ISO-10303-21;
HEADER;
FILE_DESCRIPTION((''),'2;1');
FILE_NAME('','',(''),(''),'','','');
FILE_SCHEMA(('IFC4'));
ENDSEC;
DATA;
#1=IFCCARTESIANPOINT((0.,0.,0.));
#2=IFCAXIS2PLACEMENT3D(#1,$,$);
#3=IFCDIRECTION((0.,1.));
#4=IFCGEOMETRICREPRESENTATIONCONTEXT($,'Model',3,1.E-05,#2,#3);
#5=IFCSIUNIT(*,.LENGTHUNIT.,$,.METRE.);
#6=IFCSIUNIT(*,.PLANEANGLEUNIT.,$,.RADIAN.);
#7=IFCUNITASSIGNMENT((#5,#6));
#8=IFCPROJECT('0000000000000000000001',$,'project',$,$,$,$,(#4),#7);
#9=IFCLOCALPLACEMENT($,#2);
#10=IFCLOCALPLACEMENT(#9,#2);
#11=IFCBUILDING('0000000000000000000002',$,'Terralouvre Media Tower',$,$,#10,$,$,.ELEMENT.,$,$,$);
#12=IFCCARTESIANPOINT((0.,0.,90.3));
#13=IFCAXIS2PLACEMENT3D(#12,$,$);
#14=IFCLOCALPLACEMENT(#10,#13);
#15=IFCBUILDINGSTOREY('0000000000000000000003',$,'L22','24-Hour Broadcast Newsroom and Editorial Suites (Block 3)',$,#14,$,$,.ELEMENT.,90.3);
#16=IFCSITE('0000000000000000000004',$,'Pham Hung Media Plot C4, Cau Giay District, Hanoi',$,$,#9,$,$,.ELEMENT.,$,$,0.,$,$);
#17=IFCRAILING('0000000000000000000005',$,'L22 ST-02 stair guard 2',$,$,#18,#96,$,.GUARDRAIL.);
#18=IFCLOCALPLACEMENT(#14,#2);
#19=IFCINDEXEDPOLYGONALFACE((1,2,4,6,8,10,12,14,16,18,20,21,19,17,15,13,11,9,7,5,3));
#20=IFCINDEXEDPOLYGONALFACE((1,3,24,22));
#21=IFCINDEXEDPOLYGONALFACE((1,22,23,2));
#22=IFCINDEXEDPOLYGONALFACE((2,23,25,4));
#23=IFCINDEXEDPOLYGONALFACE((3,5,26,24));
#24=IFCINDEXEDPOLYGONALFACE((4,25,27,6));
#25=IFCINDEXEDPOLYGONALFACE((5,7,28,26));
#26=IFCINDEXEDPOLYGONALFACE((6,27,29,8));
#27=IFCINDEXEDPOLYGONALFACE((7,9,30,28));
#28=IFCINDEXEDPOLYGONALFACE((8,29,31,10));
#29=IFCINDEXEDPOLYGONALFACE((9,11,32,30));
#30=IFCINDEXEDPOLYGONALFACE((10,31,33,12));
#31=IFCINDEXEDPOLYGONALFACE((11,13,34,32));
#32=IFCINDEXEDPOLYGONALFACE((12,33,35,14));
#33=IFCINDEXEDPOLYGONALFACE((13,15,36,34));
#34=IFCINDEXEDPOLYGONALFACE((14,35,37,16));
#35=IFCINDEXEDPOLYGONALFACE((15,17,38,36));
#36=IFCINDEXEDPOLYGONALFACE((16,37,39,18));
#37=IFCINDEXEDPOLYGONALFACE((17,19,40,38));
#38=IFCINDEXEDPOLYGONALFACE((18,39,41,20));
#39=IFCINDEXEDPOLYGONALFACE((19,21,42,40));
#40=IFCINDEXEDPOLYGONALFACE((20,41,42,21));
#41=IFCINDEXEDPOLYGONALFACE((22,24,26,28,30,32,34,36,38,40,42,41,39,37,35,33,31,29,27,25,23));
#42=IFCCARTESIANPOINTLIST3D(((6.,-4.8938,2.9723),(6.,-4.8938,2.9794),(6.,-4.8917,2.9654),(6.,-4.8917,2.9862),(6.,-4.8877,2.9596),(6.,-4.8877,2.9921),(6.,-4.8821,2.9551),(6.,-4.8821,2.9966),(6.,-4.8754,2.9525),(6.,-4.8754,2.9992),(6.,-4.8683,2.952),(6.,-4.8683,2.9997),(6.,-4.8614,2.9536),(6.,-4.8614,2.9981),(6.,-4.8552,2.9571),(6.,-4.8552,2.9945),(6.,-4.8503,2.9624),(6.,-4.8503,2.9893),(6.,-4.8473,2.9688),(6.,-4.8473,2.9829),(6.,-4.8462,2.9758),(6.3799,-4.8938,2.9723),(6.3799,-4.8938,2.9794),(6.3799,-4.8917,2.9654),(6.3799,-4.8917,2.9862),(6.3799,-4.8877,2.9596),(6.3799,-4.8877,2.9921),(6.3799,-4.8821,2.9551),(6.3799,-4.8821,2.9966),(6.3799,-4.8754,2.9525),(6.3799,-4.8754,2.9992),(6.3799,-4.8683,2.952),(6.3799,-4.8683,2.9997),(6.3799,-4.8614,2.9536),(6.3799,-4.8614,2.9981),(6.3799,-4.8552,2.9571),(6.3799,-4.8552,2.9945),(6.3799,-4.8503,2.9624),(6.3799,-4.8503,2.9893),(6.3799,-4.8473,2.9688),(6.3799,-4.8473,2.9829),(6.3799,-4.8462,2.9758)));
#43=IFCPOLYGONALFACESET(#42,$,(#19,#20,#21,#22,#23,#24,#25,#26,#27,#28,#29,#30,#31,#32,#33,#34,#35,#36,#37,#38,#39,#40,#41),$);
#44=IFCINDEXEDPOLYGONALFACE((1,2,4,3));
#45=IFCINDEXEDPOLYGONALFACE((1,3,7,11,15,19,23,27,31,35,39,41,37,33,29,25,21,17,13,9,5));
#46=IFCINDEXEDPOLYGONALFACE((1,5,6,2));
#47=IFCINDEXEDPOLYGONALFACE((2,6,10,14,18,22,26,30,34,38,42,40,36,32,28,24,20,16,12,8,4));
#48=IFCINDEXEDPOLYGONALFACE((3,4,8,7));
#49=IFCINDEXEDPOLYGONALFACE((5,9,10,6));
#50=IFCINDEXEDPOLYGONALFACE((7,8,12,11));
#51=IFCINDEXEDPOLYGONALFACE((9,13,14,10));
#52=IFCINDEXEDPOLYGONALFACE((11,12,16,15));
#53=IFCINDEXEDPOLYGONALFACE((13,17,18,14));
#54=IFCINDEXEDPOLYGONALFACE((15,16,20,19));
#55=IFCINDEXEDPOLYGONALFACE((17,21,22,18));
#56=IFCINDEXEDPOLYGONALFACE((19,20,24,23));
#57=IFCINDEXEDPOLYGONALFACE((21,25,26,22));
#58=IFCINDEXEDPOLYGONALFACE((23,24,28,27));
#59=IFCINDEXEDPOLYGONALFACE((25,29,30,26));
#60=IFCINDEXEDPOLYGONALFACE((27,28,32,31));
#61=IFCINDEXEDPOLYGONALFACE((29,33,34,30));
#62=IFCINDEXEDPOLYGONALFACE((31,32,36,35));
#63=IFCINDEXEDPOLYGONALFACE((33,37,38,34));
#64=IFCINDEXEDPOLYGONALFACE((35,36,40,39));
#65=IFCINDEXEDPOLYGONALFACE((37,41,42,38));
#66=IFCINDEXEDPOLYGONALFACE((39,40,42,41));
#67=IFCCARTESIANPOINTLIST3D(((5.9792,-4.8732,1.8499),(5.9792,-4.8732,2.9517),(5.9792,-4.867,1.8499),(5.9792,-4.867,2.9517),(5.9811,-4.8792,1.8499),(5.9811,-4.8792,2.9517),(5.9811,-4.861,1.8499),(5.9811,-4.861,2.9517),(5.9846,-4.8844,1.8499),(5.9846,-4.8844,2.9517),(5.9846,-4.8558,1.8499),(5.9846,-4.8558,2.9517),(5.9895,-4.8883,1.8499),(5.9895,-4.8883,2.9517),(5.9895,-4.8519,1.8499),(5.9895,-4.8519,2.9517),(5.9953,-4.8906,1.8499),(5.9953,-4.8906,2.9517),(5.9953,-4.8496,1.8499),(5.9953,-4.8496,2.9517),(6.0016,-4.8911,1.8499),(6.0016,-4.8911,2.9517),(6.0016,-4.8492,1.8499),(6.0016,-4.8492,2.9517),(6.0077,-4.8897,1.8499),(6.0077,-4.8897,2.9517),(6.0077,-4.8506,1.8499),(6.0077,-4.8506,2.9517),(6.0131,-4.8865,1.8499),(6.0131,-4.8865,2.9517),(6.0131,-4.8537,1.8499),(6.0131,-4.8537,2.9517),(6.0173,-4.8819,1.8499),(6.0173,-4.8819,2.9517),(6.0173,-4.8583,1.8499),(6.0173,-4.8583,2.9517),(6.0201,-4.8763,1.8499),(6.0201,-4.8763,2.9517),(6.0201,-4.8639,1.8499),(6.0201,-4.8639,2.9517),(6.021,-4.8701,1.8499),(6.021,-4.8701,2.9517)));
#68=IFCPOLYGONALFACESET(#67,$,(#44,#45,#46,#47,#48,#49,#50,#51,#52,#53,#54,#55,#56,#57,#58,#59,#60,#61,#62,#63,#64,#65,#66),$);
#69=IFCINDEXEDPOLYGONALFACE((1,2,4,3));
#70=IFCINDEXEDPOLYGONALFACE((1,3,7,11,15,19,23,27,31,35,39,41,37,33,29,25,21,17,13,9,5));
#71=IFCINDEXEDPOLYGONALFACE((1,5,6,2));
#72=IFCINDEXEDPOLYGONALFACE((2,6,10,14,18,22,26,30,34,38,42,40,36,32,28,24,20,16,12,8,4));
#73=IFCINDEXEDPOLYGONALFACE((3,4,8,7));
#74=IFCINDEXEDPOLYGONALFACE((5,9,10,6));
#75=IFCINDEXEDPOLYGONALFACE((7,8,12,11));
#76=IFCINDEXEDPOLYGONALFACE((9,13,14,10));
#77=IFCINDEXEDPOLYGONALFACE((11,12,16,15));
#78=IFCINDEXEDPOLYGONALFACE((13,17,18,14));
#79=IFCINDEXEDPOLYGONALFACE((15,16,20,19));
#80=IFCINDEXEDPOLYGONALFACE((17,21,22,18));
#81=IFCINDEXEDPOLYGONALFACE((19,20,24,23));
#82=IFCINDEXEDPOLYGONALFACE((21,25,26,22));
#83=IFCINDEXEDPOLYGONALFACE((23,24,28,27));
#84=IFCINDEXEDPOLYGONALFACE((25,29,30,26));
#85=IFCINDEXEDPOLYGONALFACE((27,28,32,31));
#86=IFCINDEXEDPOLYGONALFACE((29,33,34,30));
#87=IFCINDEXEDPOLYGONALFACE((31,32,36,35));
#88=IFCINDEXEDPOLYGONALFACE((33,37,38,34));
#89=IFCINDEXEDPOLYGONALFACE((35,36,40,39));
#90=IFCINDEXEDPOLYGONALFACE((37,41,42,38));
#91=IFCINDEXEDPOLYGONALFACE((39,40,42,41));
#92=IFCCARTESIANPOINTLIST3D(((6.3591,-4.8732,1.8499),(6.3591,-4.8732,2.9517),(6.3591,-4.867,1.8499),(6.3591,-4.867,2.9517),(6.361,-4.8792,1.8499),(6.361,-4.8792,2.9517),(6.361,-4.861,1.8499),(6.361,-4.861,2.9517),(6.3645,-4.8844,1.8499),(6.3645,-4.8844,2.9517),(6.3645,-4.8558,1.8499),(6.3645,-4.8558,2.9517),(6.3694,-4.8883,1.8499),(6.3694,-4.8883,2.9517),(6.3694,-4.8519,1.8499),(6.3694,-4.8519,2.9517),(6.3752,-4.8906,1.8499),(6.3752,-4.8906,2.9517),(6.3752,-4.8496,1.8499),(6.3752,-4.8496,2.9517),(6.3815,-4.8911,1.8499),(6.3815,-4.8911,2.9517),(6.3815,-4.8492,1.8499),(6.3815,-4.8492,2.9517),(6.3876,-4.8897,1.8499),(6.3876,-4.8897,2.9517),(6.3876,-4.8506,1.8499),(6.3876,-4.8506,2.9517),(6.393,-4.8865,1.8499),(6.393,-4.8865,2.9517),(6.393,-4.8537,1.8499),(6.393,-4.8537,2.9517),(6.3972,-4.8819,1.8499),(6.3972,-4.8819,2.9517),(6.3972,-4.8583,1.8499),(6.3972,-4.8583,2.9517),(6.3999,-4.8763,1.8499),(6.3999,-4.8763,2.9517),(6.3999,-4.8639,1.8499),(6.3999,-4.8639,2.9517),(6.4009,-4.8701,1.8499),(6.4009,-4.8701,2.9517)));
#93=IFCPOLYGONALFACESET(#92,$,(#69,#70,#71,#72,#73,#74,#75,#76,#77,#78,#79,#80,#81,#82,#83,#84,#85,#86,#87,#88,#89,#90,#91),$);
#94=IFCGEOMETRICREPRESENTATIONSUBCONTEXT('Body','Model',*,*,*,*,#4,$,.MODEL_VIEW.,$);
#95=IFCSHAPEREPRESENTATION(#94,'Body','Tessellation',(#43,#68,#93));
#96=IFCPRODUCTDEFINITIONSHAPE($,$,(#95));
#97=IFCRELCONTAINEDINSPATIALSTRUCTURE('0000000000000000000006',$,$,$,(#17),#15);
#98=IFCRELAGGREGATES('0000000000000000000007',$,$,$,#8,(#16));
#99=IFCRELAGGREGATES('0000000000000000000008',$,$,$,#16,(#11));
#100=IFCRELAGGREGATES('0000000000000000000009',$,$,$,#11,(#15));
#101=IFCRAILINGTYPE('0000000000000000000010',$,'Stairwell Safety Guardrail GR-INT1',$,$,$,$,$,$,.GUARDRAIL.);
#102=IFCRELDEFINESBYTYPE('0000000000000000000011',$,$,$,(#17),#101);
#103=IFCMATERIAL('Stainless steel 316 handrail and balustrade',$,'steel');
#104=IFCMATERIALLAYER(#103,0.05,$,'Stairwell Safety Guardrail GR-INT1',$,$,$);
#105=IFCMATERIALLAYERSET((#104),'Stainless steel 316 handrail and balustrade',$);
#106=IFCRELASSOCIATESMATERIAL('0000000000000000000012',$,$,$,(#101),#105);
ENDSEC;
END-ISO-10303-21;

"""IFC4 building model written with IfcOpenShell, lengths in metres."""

from ifc_helpers import new_model, si_unit, direction, frame, origin, origin_2d, place, context, subcontext, project, spatial, circle, extrude, material, layer, layer_set, type_object, element, save


model = new_model("IFC4")

# Units and contexts
model_context = context("Model", 3, precision=1e-05, world=origin(), true_north=direction((0.0, 1.0)))
body_context = subcontext(model_context, "Body", "Model", "MODEL_VIEW")
ifc_project = project(units=[si_unit("LENGTHUNIT", "METRE"), si_unit("PLANEANGLEUNIT", "RADIAN")], contexts=[model_context])

# Site, building, storey
site_placement = place(None, origin())
site = spatial("IfcSite", under=ifc_project, at=site_placement, Name="Pham Hung Media Plot C4, Cau Giay District, Hanoi", CompositionType="ELEMENT", RefElevation=0.0)
building_placement = place(site_placement, origin())
building = spatial("IfcBuilding", under=site, at=building_placement, Name="Terralouvre Media Tower", CompositionType="ELEMENT")
storey_placement = place(building_placement, frame((0.0, 0.0, 90.3)))
storey = spatial("IfcBuildingStorey", under=building, at=storey_placement, Name="L22", Description="24-Hour Broadcast Newsroom and Editorial Suites (Block 3)", CompositionType="ELEMENT", Elevation=90.3)

# Railing
ifc_material_1 = material(Name="Stainless steel 316 handrail and balustrade", Category="steel")
ifc_layer_1 = layer(ifc_material_1, 0.05, Name="Stairwell Safety Guardrail GR-INT1")
ifc_layer_set_1 = layer_set([ifc_layer_1], Name="Stainless steel 316 handrail and balustrade")
railing_type_1 = type_object("IfcRailingType", Name="Stairwell Safety Guardrail GR-INT1", PredefinedType="GUARDRAIL", material=ifc_layer_set_1)
railing_1_placement = place(storey_placement, frame((6.0, -4.8701, 1.8499)))
element("IfcRailing", 1, at=railing_1_placement, inside=storey, type_object=railing_type_1, Name="L22 ST-02 stair guard 2", PredefinedType="GUARDRAIL", context=body_context, shape_type="SweptSolid", body=[
    extrude(circle(Radius=0.0239, at=origin_2d()), frame((0.0, 0.0, 1.126), z_axis=(1.0, 0.0, 0.0), x_axis=(0.0, 1.0, 0.0)), (0.0, 0.0, 1.0), 0.3799),
    extrude(circle(Radius=0.021, at=origin_2d()), origin(), (0.0, 0.0, 1.0), 1.1018),
    extrude(circle(Radius=0.021, at=origin_2d()), frame((0.3799, 0.0, 0.0)), (0.0, 0.0, 1.0), 1.1018),
])

save(model, "model.ifc")
